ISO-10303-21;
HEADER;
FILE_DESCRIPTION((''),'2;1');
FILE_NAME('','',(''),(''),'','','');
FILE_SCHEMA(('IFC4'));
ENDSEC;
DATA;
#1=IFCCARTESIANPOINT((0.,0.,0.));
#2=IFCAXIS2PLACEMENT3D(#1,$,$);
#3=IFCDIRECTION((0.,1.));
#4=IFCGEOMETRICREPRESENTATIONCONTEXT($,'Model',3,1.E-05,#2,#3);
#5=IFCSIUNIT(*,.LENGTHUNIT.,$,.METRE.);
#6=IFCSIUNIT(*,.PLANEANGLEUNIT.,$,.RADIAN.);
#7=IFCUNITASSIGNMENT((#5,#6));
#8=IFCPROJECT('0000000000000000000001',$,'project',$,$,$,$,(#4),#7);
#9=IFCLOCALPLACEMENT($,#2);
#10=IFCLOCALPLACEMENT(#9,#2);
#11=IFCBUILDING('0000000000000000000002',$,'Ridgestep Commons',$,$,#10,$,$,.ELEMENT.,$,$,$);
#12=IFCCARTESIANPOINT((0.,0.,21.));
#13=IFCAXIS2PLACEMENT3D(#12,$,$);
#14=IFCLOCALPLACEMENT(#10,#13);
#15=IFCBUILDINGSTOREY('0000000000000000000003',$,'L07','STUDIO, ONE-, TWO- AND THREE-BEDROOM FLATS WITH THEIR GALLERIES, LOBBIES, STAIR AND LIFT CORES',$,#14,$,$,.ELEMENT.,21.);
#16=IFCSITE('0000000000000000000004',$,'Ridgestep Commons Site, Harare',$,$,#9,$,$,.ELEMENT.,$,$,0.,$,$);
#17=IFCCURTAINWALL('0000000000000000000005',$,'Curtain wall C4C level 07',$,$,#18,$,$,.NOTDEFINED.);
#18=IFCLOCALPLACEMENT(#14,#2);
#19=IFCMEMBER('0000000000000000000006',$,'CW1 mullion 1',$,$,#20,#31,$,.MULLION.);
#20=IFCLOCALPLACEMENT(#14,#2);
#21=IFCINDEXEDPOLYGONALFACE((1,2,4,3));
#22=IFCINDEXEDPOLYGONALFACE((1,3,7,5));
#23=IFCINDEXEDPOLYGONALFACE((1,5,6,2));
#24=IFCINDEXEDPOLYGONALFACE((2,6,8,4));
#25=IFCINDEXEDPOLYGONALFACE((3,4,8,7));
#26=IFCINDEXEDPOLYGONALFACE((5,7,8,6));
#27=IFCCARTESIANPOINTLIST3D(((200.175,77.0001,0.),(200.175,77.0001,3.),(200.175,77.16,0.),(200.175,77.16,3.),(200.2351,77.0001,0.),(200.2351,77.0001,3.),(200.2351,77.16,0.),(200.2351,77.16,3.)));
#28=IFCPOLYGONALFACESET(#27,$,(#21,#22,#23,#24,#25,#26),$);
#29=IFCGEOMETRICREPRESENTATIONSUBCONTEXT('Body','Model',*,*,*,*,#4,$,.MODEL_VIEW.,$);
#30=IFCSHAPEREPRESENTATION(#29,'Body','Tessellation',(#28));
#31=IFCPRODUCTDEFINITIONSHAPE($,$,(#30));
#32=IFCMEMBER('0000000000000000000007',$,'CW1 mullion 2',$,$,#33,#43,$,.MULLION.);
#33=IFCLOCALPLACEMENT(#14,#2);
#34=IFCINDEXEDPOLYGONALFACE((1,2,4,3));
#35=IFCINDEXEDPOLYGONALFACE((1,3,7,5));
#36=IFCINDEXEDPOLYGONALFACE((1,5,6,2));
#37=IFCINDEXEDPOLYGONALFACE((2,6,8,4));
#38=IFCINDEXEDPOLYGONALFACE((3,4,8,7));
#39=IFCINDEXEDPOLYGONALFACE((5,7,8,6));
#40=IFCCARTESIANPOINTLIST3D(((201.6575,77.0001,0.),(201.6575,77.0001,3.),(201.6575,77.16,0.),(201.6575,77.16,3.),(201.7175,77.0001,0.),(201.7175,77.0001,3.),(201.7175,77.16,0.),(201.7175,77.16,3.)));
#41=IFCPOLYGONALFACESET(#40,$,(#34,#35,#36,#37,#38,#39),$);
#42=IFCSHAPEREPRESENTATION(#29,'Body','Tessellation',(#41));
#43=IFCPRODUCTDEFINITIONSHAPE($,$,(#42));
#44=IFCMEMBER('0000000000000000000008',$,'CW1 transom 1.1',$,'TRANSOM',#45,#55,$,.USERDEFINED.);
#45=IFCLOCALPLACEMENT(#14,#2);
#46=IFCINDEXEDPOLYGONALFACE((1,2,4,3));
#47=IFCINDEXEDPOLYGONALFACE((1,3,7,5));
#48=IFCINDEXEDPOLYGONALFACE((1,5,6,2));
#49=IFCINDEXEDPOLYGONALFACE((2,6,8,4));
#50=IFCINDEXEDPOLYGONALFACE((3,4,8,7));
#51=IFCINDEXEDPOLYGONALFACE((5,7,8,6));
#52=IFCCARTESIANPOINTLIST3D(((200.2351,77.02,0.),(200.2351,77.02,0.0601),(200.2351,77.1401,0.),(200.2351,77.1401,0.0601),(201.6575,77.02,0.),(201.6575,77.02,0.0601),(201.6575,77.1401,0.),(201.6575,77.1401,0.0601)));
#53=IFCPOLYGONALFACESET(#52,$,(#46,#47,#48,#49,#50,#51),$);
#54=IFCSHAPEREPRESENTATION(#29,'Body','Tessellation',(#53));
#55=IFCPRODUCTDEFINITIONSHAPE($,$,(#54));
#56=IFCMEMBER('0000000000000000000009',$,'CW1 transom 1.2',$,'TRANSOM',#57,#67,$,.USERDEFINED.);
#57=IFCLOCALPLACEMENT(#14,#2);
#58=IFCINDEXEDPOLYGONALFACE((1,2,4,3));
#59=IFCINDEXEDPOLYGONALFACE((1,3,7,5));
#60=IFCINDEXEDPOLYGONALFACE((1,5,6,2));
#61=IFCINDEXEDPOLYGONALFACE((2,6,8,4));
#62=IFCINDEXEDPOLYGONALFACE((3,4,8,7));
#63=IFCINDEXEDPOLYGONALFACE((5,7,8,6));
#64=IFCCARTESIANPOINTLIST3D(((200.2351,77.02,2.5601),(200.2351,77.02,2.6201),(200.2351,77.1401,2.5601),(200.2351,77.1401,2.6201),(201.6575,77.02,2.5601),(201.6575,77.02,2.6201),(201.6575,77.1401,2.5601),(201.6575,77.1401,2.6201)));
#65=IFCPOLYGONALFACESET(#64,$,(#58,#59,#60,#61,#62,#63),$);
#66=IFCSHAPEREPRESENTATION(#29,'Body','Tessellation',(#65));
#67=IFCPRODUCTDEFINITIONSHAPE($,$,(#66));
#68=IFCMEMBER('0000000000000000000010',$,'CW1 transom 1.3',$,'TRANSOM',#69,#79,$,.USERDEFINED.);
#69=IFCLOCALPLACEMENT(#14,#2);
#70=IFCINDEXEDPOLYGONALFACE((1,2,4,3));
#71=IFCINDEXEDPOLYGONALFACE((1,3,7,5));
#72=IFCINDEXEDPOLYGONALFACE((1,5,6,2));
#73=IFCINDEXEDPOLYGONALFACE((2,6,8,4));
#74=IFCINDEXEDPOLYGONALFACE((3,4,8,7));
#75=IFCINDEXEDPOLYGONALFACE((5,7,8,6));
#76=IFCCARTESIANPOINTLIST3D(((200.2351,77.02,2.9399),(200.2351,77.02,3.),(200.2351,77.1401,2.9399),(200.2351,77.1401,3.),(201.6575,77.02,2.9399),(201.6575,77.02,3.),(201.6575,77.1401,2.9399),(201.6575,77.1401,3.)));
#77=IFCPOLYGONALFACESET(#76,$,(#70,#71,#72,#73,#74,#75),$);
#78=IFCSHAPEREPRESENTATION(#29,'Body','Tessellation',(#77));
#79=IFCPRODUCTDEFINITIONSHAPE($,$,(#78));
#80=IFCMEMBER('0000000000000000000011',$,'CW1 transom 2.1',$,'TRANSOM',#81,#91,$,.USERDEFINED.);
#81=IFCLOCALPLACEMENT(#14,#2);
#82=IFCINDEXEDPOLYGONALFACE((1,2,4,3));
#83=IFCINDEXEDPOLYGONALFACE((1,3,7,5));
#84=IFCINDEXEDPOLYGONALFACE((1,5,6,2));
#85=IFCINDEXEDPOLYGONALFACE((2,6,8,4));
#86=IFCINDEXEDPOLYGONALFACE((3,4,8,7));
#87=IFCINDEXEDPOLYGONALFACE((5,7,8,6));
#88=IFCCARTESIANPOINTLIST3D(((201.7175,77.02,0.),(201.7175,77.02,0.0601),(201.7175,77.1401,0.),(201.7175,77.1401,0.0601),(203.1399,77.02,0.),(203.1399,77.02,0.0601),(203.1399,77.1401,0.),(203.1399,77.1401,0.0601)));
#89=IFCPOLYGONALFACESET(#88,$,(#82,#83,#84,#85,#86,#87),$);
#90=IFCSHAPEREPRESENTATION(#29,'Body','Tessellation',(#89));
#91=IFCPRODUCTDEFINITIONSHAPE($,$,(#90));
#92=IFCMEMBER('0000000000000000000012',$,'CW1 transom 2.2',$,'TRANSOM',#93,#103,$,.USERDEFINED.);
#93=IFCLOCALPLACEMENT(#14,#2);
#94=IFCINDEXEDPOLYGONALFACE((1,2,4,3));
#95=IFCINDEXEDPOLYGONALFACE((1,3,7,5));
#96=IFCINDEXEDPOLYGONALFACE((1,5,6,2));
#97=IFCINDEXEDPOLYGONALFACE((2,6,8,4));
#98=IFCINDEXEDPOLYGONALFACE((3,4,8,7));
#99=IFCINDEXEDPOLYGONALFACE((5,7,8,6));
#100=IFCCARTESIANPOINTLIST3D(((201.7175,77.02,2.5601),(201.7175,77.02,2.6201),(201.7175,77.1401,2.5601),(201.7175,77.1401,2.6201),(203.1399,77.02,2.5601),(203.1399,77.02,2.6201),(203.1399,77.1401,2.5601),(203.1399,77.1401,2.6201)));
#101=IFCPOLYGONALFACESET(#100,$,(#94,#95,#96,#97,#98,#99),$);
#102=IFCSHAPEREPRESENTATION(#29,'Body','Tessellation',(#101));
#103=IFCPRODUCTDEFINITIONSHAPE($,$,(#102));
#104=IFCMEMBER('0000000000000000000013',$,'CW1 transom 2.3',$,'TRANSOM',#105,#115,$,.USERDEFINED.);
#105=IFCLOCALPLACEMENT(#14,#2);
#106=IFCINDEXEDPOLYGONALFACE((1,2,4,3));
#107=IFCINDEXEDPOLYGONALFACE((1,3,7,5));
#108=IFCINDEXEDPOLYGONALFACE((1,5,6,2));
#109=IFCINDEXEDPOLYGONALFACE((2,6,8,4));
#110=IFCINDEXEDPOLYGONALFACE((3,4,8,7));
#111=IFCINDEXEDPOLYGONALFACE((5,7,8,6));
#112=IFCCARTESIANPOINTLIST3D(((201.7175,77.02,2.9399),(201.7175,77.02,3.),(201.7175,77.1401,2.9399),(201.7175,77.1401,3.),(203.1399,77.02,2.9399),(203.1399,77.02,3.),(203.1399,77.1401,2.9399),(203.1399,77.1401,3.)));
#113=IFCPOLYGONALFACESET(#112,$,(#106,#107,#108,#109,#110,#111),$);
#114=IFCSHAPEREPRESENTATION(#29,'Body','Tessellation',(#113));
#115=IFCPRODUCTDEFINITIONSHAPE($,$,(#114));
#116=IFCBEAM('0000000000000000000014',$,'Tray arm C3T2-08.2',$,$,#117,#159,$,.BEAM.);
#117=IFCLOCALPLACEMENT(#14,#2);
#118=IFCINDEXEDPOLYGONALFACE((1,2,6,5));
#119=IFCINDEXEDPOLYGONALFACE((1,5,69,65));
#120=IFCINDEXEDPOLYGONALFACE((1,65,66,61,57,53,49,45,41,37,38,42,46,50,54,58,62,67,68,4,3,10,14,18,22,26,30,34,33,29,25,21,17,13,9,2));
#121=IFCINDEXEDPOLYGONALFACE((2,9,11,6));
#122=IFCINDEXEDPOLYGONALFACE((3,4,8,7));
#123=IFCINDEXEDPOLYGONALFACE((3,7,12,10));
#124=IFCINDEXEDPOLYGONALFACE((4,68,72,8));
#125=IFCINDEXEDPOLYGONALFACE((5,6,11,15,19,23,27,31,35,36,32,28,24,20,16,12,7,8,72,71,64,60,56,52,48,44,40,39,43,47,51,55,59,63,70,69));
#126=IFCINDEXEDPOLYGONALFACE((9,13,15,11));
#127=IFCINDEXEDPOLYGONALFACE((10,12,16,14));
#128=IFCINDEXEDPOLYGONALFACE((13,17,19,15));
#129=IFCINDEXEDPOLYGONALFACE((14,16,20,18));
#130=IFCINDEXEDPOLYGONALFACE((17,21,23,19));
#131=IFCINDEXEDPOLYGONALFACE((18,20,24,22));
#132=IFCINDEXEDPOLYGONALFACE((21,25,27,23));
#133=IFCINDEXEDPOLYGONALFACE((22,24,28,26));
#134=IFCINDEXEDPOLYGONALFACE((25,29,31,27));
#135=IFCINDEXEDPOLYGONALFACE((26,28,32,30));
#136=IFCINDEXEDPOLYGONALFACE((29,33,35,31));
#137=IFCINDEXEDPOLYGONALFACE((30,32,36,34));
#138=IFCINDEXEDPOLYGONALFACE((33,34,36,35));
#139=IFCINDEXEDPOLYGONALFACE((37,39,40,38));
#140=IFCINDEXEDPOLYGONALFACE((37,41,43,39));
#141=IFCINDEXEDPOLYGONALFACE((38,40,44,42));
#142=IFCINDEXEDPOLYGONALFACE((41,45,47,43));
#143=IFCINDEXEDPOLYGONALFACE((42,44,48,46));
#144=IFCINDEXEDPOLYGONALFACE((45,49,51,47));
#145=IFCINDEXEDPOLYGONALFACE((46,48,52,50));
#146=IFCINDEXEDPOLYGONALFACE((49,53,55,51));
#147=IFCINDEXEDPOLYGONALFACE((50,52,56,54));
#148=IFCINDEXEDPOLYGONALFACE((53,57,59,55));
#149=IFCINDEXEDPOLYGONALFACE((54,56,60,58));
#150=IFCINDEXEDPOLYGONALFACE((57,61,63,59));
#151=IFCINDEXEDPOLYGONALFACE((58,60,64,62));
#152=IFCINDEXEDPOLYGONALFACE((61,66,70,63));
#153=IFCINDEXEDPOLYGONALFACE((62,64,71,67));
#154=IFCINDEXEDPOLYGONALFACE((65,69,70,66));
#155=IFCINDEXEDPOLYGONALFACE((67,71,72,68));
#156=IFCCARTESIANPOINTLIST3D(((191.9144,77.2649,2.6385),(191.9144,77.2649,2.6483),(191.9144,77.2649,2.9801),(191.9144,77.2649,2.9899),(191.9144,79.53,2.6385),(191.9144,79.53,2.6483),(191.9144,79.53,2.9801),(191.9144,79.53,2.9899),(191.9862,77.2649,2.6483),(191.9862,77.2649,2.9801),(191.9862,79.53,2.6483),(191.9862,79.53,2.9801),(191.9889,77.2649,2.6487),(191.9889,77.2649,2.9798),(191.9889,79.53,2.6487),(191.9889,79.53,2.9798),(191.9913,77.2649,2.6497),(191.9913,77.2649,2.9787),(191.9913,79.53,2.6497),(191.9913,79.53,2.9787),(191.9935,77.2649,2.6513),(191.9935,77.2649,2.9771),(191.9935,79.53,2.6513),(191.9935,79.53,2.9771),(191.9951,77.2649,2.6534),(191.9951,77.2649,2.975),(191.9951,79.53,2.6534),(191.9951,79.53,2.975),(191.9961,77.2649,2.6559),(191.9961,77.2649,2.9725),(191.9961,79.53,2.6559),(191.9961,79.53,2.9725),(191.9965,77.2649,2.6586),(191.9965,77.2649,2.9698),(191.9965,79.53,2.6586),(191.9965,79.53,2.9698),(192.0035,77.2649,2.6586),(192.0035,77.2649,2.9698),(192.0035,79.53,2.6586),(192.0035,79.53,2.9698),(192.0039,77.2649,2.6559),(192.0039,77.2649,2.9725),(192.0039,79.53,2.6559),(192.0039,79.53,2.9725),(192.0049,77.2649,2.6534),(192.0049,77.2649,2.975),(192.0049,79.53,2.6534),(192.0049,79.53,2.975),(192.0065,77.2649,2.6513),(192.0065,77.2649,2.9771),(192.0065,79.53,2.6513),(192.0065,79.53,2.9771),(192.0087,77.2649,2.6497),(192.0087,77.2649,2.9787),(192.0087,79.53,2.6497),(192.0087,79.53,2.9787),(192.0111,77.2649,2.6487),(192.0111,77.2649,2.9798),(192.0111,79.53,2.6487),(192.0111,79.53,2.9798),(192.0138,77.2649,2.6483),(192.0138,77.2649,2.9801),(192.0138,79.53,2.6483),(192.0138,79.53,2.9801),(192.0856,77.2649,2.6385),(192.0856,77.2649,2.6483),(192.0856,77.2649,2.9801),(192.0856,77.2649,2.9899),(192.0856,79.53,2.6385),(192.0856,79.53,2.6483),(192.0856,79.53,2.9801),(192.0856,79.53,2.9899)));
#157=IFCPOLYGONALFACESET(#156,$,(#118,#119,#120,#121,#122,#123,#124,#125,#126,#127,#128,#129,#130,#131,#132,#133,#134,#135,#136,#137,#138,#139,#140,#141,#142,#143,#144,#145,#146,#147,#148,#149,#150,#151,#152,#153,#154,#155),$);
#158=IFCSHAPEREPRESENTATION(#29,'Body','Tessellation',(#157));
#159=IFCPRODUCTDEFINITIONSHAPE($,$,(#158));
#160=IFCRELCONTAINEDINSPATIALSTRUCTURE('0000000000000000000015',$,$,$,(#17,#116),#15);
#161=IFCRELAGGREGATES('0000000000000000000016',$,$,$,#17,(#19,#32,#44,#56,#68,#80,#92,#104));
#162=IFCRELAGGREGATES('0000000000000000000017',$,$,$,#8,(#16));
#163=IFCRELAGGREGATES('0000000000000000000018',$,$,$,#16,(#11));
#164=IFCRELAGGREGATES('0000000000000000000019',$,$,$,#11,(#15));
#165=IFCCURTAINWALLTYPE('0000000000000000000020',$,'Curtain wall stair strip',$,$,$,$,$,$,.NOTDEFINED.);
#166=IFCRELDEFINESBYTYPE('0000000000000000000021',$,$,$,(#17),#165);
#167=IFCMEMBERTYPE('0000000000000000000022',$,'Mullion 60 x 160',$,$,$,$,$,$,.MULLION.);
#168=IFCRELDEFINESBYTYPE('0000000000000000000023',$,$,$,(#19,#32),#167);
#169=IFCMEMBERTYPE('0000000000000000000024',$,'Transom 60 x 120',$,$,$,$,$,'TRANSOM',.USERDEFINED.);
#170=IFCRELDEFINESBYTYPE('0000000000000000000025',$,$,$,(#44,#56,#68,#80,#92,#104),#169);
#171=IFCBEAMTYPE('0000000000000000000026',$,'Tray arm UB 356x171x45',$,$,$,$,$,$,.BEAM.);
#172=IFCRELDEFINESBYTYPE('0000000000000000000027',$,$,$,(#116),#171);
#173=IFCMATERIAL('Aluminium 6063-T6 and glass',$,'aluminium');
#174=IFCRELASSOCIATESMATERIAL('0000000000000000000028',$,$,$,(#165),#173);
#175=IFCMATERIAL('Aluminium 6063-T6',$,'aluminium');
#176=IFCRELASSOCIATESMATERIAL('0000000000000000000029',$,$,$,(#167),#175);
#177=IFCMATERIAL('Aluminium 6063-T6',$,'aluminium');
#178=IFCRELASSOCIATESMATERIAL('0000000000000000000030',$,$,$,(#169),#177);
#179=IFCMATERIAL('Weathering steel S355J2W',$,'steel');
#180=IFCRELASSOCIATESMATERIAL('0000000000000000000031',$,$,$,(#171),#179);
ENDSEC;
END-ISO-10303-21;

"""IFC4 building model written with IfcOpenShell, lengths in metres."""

from ifc_helpers import new_model, si_unit, direction, frame, origin, origin_2d, place, context, subcontext, project, spatial, rectangle, i_section, extrude, material, material_profile, profile_set, type_object, element, aggregate, save


model = new_model("IFC4")

# Units and contexts
model_context = context("Model", 3, precision=1e-05, world=origin(), true_north=direction((0.0, 1.0)))
body_context = subcontext(model_context, "Body", "Model", "MODEL_VIEW")
ifc_project = project(units=[si_unit("LENGTHUNIT", "METRE"), si_unit("PLANEANGLEUNIT", "RADIAN")], contexts=[model_context])

# Site, building, storey
site_placement = place(None, origin())
site = spatial("IfcSite", under=ifc_project, at=site_placement, Name="Ridgestep Commons Site, Harare", CompositionType="ELEMENT", RefElevation=0.0)
building_placement = place(site_placement, origin())
building = spatial("IfcBuilding", under=site, at=building_placement, Name="Ridgestep Commons", CompositionType="ELEMENT")
storey_placement = place(building_placement, frame((0.0, 0.0, 21.0)))
storey = spatial("IfcBuildingStorey", under=building, at=storey_placement, Name="L07", Description="STUDIO, ONE-, TWO- AND THREE-BEDROOM FLATS WITH THEIR GALLERIES, LOBBIES, STAIR AND LIFT CORES", CompositionType="ELEMENT", Elevation=21.0)

# Curtain wall, members
ifc_material_1 = material(Name="Aluminium 6063-T6 and glass", Category="aluminium")
curtain_wall_type = type_object("IfcCurtainWallType", Name="Curtain wall stair strip", PredefinedType="NOTDEFINED", material=ifc_material_1)
curtain_wall_placement = place(storey_placement, origin())
curtain_wall = element("IfcCurtainWall", 1, at=curtain_wall_placement, inside=storey, type_object=curtain_wall_type, Name="Curtain wall C4C level 07", PredefinedType="NOTDEFINED")
ifc_material_2 = material(Name="Aluminium 6063-T6", Category="aluminium")
ifc_material_profile_1 = material_profile(ifc_material_2, rectangle(XDim=0.1599, YDim=0.0601, at=origin_2d()), Name="Mullion 60 x 160")
ifc_profile_set_1 = profile_set([ifc_material_profile_1], Name="Aluminium 6063-T6")
member_type_1 = type_object("IfcMemberType", Name="Mullion 60 x 160", PredefinedType="MULLION", material=ifc_profile_set_1)
member_1_placement = place(storey_placement, frame((200.2051, 77.0801, 0.0), z_axis=(0.0, 0.0, 1.0), x_axis=(0.0, 1.0, 0.0)))
member_1 = element("IfcMember", 2, at=member_1_placement, type_object=member_type_1, Name="CW1 mullion 1", PredefinedType="MULLION", context=body_context, shape_type="SweptSolid", body=[
    extrude(rectangle(XDim=0.1599, YDim=0.0601, at=origin_2d()), origin(), (0.0, 0.0, 1.0), 3.0),
])
member_2_placement = place(storey_placement, frame((201.6875, 77.0801, 0.0), z_axis=(0.0, 0.0, 1.0), x_axis=(0.0, 1.0, 0.0)))
member_2 = element("IfcMember", 3, at=member_2_placement, type_object=member_type_1, Name="CW1 mullion 2", PredefinedType="MULLION", context=body_context, shape_type="SweptSolid", body=[
    extrude(rectangle(XDim=0.1599, YDim=0.0601, at=origin_2d()), origin(), (0.0, 0.0, 1.0), 3.0),
])
ifc_material_3 = material(Name="Aluminium 6063-T6", Category="aluminium")
ifc_material_profile_2 = material_profile(ifc_material_3, rectangle(XDim=0.1201, YDim=0.0601, at=origin_2d()), Name="Transom 60 x 120")
ifc_profile_set_2 = profile_set([ifc_material_profile_2], Name="Aluminium 6063-T6")
member_type_2 = type_object("IfcMemberType", Name="Transom 60 x 120", ElementType="TRANSOM", PredefinedType="USERDEFINED", material=ifc_profile_set_2)
member_3_placement = place(storey_placement, frame((200.2351, 77.0801, 0.03), z_axis=(1.0, 0.0, 0.0), x_axis=(0.0, 1.0, 0.0)))
member_3 = element("IfcMember", 4, at=member_3_placement, type_object=member_type_2, Name="CW1 transom 1.1", ObjectType="TRANSOM", PredefinedType="USERDEFINED", context=body_context, shape_type="SweptSolid", body=[
    extrude(rectangle(XDim=0.1201, YDim=0.0601, at=origin_2d()), origin(), (0.0, 0.0, 1.0), 1.4224),
])
member_4_placement = place(storey_placement, frame((200.2351, 77.0801, 2.5901), z_axis=(1.0, 0.0, 0.0), x_axis=(0.0, 1.0, 0.0)))
member_4 = element("IfcMember", 5, at=member_4_placement, type_object=member_type_2, Name="CW1 transom 1.2", ObjectType="TRANSOM", PredefinedType="USERDEFINED", context=body_context, shape_type="SweptSolid", body=[
    extrude(rectangle(XDim=0.1201, YDim=0.0601, at=origin_2d()), origin(), (0.0, 0.0, 1.0), 1.4224),
])
member_5_placement = place(storey_placement, frame((200.2351, 77.0801, 2.97), z_axis=(1.0, 0.0, 0.0), x_axis=(0.0, 1.0, 0.0)))
member_5 = element("IfcMember", 6, at=member_5_placement, type_object=member_type_2, Name="CW1 transom 1.3", ObjectType="TRANSOM", PredefinedType="USERDEFINED", context=body_context, shape_type="SweptSolid", body=[
    extrude(rectangle(XDim=0.1201, YDim=0.0601, at=origin_2d()), origin(), (0.0, 0.0, 1.0), 1.4224),
])
member_6_placement = place(storey_placement, frame((201.7175, 77.0801, 0.03), z_axis=(1.0, 0.0, 0.0), x_axis=(0.0, 1.0, 0.0)))
member_6 = element("IfcMember", 7, at=member_6_placement, type_object=member_type_2, Name="CW1 transom 2.1", ObjectType="TRANSOM", PredefinedType="USERDEFINED", context=body_context, shape_type="SweptSolid", body=[
    extrude(rectangle(XDim=0.1201, YDim=0.0601, at=origin_2d()), origin(), (0.0, 0.0, 1.0), 1.4224),
])
member_7_placement = place(storey_placement, frame((201.7175, 77.0801, 2.5901), z_axis=(1.0, 0.0, 0.0), x_axis=(0.0, 1.0, 0.0)))
member_7 = element("IfcMember", 8, at=member_7_placement, type_object=member_type_2, Name="CW1 transom 2.2", ObjectType="TRANSOM", PredefinedType="USERDEFINED", context=body_context, shape_type="SweptSolid", body=[
    extrude(rectangle(XDim=0.1201, YDim=0.0601, at=origin_2d()), origin(), (0.0, 0.0, 1.0), 1.4224),
])
member_8_placement = place(storey_placement, frame((201.7175, 77.0801, 2.97), z_axis=(1.0, 0.0, 0.0), x_axis=(0.0, 1.0, 0.0)))
member_8 = element("IfcMember", 9, at=member_8_placement, type_object=member_type_2, Name="CW1 transom 2.3", ObjectType="TRANSOM", PredefinedType="USERDEFINED", context=body_context, shape_type="SweptSolid", body=[
    extrude(rectangle(XDim=0.1201, YDim=0.0601, at=origin_2d()), origin(), (0.0, 0.0, 1.0), 1.4224),
])

# Beam
ifc_material_4 = material(Name="Weathering steel S355J2W", Category="steel")
ifc_material_profile_3 = material_profile(ifc_material_4, i_section(OverallWidth=0.1711, OverallDepth=0.3513, WebThickness=0.0071, FlangeThickness=0.0098, FilletRadius=0.0103, at=origin_2d()), Name="UB 356x171x45")
ifc_profile_set_3 = profile_set([ifc_material_profile_3], Name="Weathering steel S355J2W")
beam_type = type_object("IfcBeamType", Name="Tray arm UB 356x171x45", PredefinedType="BEAM", material=ifc_profile_set_3)
for number, where, z_axis, x_axis, name in (
    (10, (192.0, 77.2649, 2.8142), (0.0, 1.0, 0.0), (-1.0, 0.0, 0.0), "Tray arm C3T2-08.2"),
):
    element("IfcBeam", number, at=place(storey_placement, frame(where, z_axis=z_axis, x_axis=x_axis)), inside=storey, type_object=beam_type, Name=name, PredefinedType="BEAM", context=body_context, shape_type="SweptSolid", body=[
        extrude(i_section(OverallWidth=0.1711, OverallDepth=0.3513, WebThickness=0.0071, FlangeThickness=0.0098, FilletRadius=0.0103, at=origin_2d()), origin(), (0.0, 0.0, 1.0), 2.2651),
    ])

aggregate(curtain_wall, [member_1, member_2, member_3, member_4, member_5, member_6, member_7, member_8])

save(model, "model.ifc")
